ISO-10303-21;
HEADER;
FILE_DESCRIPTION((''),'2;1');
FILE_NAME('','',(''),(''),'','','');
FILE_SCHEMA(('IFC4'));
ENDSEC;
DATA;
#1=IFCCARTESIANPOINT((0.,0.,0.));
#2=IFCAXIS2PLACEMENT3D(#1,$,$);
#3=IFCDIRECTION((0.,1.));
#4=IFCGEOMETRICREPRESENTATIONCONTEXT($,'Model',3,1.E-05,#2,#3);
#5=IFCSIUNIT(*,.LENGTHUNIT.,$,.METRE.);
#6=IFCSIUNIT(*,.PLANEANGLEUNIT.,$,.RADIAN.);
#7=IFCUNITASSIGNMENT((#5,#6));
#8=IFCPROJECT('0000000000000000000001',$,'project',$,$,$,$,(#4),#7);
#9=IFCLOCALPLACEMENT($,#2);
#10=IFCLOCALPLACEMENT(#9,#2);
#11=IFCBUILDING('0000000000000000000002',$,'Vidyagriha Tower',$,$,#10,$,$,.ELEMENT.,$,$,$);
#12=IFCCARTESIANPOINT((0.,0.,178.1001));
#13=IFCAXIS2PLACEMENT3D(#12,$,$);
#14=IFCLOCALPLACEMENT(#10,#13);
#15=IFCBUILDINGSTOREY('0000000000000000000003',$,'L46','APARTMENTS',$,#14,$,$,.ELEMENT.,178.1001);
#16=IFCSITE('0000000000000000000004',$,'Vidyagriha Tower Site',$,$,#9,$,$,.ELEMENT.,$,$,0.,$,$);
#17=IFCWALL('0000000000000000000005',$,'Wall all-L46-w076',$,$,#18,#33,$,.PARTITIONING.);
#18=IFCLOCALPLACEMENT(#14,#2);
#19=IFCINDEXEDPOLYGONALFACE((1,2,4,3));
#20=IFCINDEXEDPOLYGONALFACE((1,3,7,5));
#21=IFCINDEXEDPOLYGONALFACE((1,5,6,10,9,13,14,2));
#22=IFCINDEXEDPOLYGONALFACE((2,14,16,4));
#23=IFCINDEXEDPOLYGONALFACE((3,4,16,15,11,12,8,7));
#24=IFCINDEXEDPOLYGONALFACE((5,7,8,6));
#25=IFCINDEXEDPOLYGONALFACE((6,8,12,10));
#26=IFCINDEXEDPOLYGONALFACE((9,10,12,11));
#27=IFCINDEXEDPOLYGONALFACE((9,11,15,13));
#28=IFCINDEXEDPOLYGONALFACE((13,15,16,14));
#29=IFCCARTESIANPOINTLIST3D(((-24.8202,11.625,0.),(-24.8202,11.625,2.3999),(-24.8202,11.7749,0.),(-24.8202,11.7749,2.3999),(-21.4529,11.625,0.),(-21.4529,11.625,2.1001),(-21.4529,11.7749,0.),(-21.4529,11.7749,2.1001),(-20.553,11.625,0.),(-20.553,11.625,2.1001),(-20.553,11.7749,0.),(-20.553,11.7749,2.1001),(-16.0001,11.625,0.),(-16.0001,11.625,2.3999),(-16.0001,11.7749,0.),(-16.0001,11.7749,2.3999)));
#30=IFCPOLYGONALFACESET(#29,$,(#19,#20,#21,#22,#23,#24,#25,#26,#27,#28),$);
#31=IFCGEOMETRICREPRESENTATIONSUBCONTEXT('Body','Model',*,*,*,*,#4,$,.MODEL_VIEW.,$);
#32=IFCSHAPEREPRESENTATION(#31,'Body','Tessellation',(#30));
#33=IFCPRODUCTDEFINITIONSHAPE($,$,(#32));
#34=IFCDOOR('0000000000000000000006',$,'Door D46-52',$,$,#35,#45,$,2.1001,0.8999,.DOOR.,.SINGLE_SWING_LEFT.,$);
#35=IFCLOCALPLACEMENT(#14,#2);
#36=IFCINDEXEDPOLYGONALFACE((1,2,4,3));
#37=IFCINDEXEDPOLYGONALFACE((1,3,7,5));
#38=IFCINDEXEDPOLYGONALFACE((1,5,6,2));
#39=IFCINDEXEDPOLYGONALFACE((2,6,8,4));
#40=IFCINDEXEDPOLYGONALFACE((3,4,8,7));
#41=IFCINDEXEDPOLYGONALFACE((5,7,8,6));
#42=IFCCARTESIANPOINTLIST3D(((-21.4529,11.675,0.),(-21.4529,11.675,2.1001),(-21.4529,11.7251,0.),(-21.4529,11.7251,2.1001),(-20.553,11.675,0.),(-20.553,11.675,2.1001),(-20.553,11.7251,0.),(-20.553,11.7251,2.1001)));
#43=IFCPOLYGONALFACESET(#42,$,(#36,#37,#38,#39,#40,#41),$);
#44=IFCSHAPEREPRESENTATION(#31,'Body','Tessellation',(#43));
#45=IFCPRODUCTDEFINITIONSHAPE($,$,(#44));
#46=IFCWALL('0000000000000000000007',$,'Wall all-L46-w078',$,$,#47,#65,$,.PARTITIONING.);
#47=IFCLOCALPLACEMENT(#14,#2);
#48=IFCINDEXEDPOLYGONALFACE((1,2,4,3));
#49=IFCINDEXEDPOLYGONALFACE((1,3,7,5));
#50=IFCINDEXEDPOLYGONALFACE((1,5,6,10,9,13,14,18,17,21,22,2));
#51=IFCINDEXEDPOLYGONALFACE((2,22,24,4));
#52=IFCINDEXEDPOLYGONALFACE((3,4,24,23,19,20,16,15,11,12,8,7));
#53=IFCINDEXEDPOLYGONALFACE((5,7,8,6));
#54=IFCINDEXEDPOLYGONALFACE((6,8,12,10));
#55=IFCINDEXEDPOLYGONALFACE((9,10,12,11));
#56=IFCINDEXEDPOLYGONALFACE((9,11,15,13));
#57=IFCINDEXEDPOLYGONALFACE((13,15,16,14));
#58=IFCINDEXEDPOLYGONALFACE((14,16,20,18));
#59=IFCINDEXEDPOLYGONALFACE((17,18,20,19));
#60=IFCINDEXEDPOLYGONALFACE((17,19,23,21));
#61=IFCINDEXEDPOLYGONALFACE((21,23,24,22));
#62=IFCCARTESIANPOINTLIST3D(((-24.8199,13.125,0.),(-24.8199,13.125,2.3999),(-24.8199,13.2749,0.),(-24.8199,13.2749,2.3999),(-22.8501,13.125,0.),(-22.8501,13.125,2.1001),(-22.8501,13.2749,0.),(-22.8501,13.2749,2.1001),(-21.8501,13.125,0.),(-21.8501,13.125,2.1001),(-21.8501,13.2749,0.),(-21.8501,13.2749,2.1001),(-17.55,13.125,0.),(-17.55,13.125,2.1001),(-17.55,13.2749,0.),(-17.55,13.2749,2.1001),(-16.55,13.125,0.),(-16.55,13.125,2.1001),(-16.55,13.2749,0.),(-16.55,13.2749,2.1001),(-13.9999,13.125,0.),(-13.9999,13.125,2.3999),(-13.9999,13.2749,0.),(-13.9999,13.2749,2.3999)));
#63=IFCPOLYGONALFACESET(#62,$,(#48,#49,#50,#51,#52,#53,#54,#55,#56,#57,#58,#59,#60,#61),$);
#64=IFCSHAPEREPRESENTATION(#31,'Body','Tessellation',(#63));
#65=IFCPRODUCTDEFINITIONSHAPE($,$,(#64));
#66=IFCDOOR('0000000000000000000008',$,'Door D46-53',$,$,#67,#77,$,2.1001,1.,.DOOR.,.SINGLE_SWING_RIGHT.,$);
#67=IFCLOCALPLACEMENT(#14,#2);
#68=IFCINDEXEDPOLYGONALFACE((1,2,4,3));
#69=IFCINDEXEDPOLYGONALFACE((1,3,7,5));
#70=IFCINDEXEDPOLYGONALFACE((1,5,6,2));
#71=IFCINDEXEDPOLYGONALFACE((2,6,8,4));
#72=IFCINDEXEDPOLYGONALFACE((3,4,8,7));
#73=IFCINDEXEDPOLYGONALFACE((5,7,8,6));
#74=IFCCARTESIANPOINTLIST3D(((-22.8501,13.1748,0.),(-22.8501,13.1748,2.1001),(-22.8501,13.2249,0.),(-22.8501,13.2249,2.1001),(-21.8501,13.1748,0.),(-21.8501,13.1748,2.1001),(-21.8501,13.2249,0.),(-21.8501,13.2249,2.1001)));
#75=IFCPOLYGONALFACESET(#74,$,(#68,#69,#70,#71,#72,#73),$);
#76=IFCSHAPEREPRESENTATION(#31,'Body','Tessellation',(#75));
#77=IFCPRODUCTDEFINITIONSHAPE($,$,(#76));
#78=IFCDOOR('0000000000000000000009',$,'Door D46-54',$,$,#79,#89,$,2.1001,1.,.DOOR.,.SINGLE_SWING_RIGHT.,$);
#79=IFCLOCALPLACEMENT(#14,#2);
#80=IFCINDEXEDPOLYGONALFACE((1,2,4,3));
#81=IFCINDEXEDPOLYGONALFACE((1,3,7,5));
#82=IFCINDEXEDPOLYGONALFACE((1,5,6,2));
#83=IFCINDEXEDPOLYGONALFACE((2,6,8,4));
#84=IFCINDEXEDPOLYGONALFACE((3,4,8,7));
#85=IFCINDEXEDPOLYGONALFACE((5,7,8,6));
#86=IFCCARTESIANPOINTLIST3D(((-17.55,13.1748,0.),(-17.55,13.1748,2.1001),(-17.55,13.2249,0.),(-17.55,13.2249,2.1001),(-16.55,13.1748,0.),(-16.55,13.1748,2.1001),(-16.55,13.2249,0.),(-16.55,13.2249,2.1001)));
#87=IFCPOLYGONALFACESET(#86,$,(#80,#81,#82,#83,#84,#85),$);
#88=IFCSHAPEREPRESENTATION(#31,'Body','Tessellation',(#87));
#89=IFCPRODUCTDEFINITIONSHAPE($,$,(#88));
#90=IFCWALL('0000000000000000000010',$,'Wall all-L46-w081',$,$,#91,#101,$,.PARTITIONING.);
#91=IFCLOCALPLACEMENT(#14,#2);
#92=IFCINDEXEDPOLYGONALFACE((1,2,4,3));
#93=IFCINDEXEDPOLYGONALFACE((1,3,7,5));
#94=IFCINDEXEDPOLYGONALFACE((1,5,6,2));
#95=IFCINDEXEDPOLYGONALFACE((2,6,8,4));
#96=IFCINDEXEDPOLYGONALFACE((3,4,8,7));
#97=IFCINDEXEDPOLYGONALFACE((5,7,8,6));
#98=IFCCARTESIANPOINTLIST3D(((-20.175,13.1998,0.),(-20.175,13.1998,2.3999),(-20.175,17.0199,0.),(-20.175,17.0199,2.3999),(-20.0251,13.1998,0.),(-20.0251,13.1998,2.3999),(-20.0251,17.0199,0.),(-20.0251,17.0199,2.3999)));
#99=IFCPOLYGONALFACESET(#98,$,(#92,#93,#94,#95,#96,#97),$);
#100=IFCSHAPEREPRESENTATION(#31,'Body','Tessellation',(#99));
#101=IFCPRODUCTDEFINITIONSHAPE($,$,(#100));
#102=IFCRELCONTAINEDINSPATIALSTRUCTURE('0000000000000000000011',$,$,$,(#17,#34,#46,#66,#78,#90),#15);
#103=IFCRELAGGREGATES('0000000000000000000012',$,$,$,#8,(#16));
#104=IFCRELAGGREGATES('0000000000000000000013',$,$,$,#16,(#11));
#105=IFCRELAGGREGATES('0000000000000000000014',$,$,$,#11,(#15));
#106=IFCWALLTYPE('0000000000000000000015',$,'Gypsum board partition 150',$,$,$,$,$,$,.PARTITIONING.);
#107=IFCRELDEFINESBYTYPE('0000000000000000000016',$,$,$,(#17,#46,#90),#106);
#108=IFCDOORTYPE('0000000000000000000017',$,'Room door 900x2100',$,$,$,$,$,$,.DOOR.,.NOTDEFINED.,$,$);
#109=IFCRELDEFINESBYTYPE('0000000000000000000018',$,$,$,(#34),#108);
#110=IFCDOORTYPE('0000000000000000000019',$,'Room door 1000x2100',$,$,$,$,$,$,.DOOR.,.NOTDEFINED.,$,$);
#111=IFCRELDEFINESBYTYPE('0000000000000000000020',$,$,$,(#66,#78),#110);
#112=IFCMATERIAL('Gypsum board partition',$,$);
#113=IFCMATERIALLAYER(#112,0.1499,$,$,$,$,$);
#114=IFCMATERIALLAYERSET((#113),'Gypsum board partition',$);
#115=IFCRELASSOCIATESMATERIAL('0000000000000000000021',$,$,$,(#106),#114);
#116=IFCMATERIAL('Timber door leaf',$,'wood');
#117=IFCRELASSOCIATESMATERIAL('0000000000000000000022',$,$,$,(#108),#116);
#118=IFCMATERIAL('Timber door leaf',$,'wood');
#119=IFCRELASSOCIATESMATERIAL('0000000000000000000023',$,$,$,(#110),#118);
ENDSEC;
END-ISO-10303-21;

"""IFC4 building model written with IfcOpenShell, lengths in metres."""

from ifc_helpers import new_model, si_unit, direction, frame, frame_2d, origin, place, context, subcontext, project, spatial, rectangle, extrude, material, layer, layer_set, type_object, element, fill, save


model = new_model("IFC4")

# Units and contexts
model_context = context("Model", 3, precision=1e-05, world=origin(), true_north=direction((0.0, 1.0)))
body_context = subcontext(model_context, "Body", "Model", "MODEL_VIEW")
ifc_project = project(units=[si_unit("LENGTHUNIT", "METRE"), si_unit("PLANEANGLEUNIT", "RADIAN")], contexts=[model_context])

# Site, building, storey
site_placement = place(None, origin())
site = spatial("IfcSite", under=ifc_project, at=site_placement, Name="Vidyagriha Tower Site", CompositionType="ELEMENT", RefElevation=0.0)
building_placement = place(site_placement, origin())
building = spatial("IfcBuilding", under=site, at=building_placement, Name="Vidyagriha Tower", CompositionType="ELEMENT")
storey_placement = place(building_placement, frame((0.0, 0.0, 178.1001)))
storey = spatial("IfcBuildingStorey", under=building, at=storey_placement, Name="L46", Description="APARTMENTS", CompositionType="ELEMENT", Elevation=178.1001)

# Wall, opening, door
ifc_material_1 = material(Name="Gypsum board partition")
ifc_layer_1 = layer(ifc_material_1, 0.1499)
ifc_layer_set_1 = layer_set([ifc_layer_1], Name="Gypsum board partition")
wall_type_1 = type_object("IfcWallType", Name="Gypsum board partition 150", PredefinedType="PARTITIONING", material=ifc_layer_set_1)
wall_1_placement = place(storey_placement, frame((-16.0, 11.7, 0.0), z_axis=(0.0, 0.0, 1.0), x_axis=(-1.0, 0.0, 0.0)))
wall_1 = element("IfcWall", 1, at=wall_1_placement, inside=storey, type_object=wall_type_1, Name="Wall all-L46-w076", PredefinedType="PARTITIONING", context=body_context, shape_type="SweptSolid", body=[
    extrude(rectangle(XDim=8.8201, YDim=0.1499, at=frame_2d((4.4102, 0.0))), origin(), (0.0, 0.0, 1.0), 2.3999),
])
opening_1_placement = place(wall_1_placement, frame((4.553, 0.0, 0.0)))
opening_1 = element("IfcOpeningElement", 2, at=opening_1_placement, cuts=wall_1, PredefinedType="OPENING", context=body_context, shape_type="SweptSolid", body=[
    extrude(rectangle(XDim=0.8999, YDim=2.1001, at=frame_2d((0.45, 1.05))), frame((0.0, 0.085, 0.0), z_axis=(0.0, -1.0, 0.0), x_axis=(1.0, 0.0, 0.0)), (0.0, 0.0, 1.0), 0.1699),
])
ifc_material_2 = material(Name="Timber door leaf", Category="wood")
door_type_1 = type_object("IfcDoorType", Name="Room door 900x2100", OperationType="NOTDEFINED", PredefinedType="DOOR", material=ifc_material_2)
door_1_placement = place(opening_1_placement, origin())
door_1 = element("IfcDoor", 3, at=door_1_placement, inside=storey, type_object=door_type_1, Name="Door D46-52", OperationType="SINGLE_SWING_LEFT", OverallHeight=2.1001, OverallWidth=0.8999, PredefinedType="DOOR", context=body_context, shape_type="SweptSolid", body=[
    extrude(rectangle(XDim=0.8999, YDim=2.1001, at=frame_2d((0.45, 1.05))), frame((0.0, 0.0249, 0.0), z_axis=(0.0, -1.0, 0.0), x_axis=(1.0, 0.0, 0.0)), (0.0, 0.0, 1.0), 0.05),
])
fill(opening_1, door_1)

# Wall, openings, doors
wall_2_placement = place(storey_placement, frame((-24.8201, 13.2, 0.0)))
wall_2 = element("IfcWall", 4, at=wall_2_placement, inside=storey, type_object=wall_type_1, Name="Wall all-L46-w078", PredefinedType="PARTITIONING", context=body_context, shape_type="SweptSolid", body=[
    extrude(rectangle(XDim=10.8201, YDim=0.1499, at=frame_2d((5.4102, 0.0))), origin(), (0.0, 0.0, 1.0), 2.3999),
])
opening_2_placement = place(wall_2_placement, frame((1.97, 0.0, 0.0)))
opening_2 = element("IfcOpeningElement", 5, at=opening_2_placement, cuts=wall_2, PredefinedType="OPENING", context=body_context, shape_type="SweptSolid", body=[
    extrude(rectangle(XDim=1.0, YDim=2.1001, at=frame_2d((0.5, 1.05))), frame((0.0, 0.085, 0.0), z_axis=(0.0, -1.0, 0.0), x_axis=(1.0, 0.0, 0.0)), (0.0, 0.0, 1.0), 0.1699),
])
opening_3_placement = place(wall_2_placement, frame((7.27, 0.0, 0.0)))
opening_3 = element("IfcOpeningElement", 6, at=opening_3_placement, cuts=wall_2, PredefinedType="OPENING", context=body_context, shape_type="SweptSolid", body=[
    extrude(rectangle(XDim=1.0, YDim=2.1001, at=frame_2d((0.5, 1.05))), frame((0.0, 0.085, 0.0), z_axis=(0.0, -1.0, 0.0), x_axis=(1.0, 0.0, 0.0)), (0.0, 0.0, 1.0), 0.1699),
])
ifc_material_3 = material(Name="Timber door leaf", Category="wood")
door_type_2 = type_object("IfcDoorType", Name="Room door 1000x2100", OperationType="NOTDEFINED", PredefinedType="DOOR", material=ifc_material_3)
door_2_placement = place(opening_2_placement, origin())
door_2 = element("IfcDoor", 7, at=door_2_placement, inside=storey, type_object=door_type_2, Name="Door D46-53", OperationType="SINGLE_SWING_RIGHT", OverallHeight=2.1001, OverallWidth=1.0, PredefinedType="DOOR", context=body_context, shape_type="SweptSolid", body=[
    extrude(rectangle(XDim=1.0, YDim=2.1001, at=frame_2d((0.5, 1.05))), frame((0.0, 0.0249, 0.0), z_axis=(0.0, -1.0, 0.0), x_axis=(1.0, 0.0, 0.0)), (0.0, 0.0, 1.0), 0.05),
])
fill(opening_2, door_2)
door_3_placement = place(opening_3_placement, origin())
door_3 = element("IfcDoor", 8, at=door_3_placement, inside=storey, type_object=door_type_2, Name="Door D46-54", OperationType="SINGLE_SWING_RIGHT", OverallHeight=2.1001, OverallWidth=1.0, PredefinedType="DOOR", context=body_context, shape_type="SweptSolid", body=[
    extrude(rectangle(XDim=1.0, YDim=2.1001, at=frame_2d((0.5, 1.05))), frame((0.0, 0.0249, 0.0), z_axis=(0.0, -1.0, 0.0), x_axis=(1.0, 0.0, 0.0)), (0.0, 0.0, 1.0), 0.05),
])
fill(opening_3, door_3)

# Wall
wall_3_placement = place(storey_placement, frame((-20.1001, 17.02, 0.0), z_axis=(0.0, 0.0, 1.0), x_axis=(0.0, -1.0, 0.0)))
element("IfcWall", 9, at=wall_3_placement, inside=storey, type_object=wall_type_1, Name="Wall all-L46-w081", PredefinedType="PARTITIONING", context=body_context, shape_type="SweptSolid", body=[
    extrude(rectangle(XDim=3.8201, YDim=0.1499, at=frame_2d((1.9102, 0.0))), origin(), (0.0, 0.0, 1.0), 2.3999),
])

save(model, "model.ifc")
